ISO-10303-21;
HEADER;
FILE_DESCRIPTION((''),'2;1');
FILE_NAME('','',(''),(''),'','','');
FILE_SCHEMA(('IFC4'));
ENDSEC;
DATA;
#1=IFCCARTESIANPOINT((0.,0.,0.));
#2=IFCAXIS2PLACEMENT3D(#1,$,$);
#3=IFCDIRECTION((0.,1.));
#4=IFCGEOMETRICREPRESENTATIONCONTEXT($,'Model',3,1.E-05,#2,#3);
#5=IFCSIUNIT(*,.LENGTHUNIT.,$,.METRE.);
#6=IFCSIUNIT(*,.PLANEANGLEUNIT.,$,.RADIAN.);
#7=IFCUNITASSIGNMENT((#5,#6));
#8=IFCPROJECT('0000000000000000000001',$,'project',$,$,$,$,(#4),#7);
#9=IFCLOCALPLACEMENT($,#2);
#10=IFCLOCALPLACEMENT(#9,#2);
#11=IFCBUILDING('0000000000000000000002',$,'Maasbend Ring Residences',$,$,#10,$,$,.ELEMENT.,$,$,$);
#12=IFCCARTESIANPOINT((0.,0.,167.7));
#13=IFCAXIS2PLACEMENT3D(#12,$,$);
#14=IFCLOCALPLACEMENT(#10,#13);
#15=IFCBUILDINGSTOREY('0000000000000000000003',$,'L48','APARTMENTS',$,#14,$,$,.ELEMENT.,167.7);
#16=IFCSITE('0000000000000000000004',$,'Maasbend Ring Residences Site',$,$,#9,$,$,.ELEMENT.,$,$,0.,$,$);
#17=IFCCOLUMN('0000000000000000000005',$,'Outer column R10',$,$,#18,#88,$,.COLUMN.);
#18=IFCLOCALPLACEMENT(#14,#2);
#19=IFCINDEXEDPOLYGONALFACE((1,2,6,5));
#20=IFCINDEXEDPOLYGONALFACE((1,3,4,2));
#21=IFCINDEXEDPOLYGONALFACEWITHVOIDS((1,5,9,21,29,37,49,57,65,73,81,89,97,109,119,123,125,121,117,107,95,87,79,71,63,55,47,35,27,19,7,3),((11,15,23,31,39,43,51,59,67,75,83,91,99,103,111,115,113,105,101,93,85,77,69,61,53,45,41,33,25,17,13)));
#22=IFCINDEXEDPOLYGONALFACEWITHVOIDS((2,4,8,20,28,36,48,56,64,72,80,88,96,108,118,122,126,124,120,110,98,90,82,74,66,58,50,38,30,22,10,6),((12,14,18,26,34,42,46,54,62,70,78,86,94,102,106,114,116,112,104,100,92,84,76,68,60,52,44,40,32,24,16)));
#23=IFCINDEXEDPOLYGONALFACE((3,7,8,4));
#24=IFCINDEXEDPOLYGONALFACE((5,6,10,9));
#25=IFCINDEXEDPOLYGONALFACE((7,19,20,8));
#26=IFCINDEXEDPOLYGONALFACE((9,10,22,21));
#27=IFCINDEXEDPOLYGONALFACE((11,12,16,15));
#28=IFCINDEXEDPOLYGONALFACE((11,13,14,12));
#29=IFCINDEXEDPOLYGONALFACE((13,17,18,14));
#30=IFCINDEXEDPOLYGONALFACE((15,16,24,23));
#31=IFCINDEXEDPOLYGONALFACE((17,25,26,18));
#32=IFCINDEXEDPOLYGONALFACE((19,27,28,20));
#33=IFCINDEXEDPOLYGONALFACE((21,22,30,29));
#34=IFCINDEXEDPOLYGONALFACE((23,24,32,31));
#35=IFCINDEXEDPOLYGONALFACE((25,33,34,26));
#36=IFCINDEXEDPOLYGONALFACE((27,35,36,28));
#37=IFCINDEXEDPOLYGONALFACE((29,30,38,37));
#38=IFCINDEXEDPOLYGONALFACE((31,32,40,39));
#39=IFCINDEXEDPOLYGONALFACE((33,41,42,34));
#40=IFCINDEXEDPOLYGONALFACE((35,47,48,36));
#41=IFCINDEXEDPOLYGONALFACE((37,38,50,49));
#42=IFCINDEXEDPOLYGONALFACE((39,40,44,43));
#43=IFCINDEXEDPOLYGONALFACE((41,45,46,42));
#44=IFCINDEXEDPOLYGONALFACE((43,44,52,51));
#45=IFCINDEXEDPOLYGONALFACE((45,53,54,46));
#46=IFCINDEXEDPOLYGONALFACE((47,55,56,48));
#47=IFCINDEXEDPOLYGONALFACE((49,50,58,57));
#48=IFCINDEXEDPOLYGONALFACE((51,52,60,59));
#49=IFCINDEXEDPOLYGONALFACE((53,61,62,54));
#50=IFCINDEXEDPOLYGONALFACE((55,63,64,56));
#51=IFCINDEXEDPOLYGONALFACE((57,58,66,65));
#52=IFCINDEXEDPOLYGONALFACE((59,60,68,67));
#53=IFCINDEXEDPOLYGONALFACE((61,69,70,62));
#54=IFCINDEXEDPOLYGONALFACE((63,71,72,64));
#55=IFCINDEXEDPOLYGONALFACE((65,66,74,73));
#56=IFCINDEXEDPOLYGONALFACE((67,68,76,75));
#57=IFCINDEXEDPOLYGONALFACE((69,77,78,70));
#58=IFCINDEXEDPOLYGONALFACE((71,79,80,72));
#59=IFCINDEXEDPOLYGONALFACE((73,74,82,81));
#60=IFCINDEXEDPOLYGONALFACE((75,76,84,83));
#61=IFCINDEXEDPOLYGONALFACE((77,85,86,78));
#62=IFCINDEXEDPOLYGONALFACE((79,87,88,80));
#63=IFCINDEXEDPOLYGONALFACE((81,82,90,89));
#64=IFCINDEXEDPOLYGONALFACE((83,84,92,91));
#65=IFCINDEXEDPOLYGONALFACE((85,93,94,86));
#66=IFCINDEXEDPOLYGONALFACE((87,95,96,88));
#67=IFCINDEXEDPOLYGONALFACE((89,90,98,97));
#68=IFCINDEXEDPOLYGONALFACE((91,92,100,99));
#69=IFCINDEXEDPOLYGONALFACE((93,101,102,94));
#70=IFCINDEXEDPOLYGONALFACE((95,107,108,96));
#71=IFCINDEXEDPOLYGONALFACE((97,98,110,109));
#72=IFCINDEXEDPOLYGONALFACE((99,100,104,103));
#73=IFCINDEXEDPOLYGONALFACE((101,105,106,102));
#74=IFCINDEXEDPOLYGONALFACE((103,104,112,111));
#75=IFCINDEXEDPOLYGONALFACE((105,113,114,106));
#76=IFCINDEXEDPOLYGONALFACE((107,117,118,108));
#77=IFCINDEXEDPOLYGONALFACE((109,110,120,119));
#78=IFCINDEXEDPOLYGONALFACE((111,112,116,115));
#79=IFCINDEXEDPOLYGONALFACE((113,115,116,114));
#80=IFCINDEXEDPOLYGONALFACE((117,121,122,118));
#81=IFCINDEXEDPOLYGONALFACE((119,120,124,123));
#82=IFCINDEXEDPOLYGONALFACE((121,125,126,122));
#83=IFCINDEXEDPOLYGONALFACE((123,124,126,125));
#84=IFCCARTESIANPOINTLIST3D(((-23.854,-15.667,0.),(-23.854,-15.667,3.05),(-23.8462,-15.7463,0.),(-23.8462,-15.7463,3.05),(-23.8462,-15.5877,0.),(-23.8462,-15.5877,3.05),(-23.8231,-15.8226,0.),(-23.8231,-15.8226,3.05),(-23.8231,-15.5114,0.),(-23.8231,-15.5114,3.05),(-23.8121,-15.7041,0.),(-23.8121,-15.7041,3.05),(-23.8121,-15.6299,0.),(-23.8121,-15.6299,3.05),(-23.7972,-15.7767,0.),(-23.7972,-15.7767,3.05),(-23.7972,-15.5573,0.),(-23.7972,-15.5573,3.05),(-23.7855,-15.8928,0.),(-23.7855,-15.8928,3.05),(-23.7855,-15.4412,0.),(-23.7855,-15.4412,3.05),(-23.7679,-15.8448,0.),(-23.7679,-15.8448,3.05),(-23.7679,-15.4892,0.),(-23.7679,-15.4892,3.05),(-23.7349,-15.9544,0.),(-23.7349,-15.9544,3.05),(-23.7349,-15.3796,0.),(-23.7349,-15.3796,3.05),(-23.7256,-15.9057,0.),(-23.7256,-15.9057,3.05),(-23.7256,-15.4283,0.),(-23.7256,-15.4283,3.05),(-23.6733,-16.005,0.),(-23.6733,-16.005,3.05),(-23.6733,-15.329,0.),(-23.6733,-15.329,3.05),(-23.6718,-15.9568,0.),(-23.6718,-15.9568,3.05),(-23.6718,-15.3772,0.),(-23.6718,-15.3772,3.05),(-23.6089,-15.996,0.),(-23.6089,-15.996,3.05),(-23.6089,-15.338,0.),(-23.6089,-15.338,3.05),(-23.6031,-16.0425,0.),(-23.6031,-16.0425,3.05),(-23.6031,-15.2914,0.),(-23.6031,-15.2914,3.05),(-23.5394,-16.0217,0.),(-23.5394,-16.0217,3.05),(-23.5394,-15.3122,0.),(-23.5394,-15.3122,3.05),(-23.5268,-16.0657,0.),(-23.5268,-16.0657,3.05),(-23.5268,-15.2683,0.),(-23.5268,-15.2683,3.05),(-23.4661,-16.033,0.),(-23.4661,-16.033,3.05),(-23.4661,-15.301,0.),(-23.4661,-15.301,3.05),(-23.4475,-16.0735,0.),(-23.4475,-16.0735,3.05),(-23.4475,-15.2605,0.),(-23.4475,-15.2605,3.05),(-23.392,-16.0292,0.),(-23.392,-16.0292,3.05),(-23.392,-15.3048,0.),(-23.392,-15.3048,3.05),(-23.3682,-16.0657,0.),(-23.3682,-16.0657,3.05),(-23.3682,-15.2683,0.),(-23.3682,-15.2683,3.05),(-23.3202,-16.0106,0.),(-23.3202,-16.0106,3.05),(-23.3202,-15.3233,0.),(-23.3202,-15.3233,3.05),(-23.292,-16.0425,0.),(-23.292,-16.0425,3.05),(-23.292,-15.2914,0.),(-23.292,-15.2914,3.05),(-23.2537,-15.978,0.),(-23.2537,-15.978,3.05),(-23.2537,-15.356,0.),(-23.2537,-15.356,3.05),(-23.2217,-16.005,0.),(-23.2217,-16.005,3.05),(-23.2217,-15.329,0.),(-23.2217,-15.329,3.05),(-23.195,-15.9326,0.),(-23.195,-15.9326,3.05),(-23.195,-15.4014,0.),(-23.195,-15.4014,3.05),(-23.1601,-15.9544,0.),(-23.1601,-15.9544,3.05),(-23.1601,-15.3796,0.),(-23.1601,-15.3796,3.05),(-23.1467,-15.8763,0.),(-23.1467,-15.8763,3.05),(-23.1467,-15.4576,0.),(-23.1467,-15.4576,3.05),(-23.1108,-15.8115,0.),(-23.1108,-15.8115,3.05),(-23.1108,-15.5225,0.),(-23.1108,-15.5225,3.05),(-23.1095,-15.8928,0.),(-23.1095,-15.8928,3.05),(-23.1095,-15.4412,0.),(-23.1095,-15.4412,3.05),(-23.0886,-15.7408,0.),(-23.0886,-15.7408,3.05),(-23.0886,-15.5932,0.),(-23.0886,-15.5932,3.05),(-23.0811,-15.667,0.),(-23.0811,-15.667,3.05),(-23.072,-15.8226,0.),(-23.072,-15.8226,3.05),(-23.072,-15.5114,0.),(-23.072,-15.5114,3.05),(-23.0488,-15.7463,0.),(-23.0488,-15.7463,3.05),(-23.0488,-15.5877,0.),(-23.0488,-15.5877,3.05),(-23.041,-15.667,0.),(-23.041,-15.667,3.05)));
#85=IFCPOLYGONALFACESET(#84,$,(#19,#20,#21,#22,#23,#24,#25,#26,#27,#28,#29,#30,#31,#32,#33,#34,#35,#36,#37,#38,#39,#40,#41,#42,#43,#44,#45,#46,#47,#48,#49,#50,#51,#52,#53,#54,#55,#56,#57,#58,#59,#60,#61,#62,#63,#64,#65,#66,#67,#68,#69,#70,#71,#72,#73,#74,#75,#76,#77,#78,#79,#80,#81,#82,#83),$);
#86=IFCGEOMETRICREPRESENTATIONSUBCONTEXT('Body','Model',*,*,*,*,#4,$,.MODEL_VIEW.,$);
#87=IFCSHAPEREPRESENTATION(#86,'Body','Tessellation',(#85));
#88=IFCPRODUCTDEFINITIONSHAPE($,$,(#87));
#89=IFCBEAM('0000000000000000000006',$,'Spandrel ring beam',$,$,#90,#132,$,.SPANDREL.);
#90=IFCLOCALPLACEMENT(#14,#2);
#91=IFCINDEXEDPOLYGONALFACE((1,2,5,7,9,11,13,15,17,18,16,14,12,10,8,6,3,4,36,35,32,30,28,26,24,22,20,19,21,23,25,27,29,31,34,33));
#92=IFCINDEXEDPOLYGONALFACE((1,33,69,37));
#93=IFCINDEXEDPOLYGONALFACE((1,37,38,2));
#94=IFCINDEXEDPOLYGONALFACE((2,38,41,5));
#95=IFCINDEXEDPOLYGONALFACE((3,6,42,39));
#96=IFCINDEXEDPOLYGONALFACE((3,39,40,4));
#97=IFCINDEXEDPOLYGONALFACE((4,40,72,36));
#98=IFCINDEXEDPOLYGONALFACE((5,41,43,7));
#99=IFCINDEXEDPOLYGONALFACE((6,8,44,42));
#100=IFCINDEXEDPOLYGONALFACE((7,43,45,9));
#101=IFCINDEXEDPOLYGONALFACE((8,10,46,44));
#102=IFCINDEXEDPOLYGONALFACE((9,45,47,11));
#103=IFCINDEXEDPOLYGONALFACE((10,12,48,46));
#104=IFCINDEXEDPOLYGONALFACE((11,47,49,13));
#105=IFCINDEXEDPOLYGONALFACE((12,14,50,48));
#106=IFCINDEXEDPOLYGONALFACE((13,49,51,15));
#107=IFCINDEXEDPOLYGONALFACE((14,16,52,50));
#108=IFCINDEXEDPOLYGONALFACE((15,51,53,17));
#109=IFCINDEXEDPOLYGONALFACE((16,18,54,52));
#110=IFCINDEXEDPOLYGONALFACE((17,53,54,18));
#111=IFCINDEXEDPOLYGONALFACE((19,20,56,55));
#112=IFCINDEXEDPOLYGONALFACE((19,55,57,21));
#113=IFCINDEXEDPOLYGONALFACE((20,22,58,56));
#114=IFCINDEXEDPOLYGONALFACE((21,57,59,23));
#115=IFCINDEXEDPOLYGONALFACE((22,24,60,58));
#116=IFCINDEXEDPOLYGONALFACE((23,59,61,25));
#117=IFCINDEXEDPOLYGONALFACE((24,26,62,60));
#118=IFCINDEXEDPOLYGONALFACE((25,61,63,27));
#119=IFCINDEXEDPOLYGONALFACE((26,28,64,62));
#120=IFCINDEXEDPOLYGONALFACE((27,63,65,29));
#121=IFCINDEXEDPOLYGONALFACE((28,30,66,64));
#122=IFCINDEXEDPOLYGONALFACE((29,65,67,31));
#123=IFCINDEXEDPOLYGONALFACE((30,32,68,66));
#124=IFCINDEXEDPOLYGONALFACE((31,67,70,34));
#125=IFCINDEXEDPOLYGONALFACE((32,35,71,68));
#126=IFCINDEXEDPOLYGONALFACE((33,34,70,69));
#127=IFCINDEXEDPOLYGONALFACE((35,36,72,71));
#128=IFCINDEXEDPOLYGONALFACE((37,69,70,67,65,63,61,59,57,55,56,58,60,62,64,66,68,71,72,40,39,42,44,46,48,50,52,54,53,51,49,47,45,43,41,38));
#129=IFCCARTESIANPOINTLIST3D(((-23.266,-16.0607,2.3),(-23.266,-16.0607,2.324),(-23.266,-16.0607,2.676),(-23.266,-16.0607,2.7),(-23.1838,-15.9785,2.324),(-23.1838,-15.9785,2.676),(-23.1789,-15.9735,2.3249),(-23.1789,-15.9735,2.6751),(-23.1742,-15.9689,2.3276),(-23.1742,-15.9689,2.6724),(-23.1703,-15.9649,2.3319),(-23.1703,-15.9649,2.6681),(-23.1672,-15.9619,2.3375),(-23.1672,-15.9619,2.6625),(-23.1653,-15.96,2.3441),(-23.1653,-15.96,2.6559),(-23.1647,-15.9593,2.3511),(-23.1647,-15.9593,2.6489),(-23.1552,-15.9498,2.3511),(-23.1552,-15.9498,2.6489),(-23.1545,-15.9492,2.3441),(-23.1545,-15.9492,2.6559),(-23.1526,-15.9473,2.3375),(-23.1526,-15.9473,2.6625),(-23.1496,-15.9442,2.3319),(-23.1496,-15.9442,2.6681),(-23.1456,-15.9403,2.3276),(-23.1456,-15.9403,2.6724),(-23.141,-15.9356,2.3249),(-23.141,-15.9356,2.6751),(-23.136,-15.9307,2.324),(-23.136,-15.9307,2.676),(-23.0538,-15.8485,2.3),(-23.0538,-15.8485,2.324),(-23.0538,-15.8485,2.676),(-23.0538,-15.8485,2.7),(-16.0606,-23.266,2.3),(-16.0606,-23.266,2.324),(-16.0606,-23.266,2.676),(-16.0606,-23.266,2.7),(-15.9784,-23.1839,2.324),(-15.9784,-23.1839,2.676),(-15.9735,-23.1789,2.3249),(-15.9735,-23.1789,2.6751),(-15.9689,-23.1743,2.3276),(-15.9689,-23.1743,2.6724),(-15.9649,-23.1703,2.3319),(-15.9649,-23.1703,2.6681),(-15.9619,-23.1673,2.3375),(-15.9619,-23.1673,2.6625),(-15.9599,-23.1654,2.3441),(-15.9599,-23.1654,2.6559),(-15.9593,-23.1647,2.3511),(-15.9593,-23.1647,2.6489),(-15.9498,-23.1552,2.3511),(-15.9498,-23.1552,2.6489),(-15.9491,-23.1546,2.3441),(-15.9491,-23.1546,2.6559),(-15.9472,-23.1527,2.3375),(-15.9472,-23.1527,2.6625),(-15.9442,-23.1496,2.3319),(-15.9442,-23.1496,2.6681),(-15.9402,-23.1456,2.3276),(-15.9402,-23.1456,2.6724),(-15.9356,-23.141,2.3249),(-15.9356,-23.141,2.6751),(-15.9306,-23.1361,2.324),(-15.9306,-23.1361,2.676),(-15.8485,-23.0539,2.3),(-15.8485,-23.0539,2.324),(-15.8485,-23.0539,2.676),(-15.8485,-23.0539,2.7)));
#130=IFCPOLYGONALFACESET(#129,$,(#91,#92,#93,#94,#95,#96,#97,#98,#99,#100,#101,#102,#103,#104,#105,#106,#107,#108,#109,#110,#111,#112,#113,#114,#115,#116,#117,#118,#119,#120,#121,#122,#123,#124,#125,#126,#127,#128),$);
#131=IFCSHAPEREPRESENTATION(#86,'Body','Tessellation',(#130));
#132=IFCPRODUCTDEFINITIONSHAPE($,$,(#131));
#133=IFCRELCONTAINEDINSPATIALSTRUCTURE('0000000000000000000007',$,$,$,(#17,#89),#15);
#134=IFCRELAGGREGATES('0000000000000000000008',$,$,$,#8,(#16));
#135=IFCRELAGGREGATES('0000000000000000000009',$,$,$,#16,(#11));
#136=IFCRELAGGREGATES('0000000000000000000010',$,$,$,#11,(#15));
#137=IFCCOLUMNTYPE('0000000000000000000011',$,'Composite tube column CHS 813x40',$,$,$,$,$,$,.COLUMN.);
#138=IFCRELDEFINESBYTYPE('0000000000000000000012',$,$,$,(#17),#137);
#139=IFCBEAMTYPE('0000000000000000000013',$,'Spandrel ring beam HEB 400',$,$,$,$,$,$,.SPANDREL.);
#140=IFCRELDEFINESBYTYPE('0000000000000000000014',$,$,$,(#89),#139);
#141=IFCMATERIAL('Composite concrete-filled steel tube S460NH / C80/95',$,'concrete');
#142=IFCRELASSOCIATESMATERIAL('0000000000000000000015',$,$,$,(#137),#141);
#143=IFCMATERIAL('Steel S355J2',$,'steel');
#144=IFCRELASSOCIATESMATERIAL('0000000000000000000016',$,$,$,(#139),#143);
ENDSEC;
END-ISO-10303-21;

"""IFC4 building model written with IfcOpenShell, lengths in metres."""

from ifc_helpers import new_model, si_unit, direction, frame, origin, origin_2d, place, context, subcontext, project, spatial, hollow_circle, i_section, extrude, material, material_profile, profile_set, type_object, element, save


model = new_model("IFC4")

# Units and contexts
model_context = context("Model", 3, precision=1e-05, world=origin(), true_north=direction((0.0, 1.0)))
body_context = subcontext(model_context, "Body", "Model", "MODEL_VIEW")
ifc_project = project(units=[si_unit("LENGTHUNIT", "METRE"), si_unit("PLANEANGLEUNIT", "RADIAN")], contexts=[model_context])

# Site, building, storey
site_placement = place(None, origin())
site = spatial("IfcSite", under=ifc_project, at=site_placement, Name="Maasbend Ring Residences Site", CompositionType="ELEMENT", RefElevation=0.0)
building_placement = place(site_placement, origin())
building = spatial("IfcBuilding", under=site, at=building_placement, Name="Maasbend Ring Residences", CompositionType="ELEMENT")
storey_placement = place(building_placement, frame((0.0, 0.0, 167.7)))
storey = spatial("IfcBuildingStorey", under=building, at=storey_placement, Name="L48", Description="APARTMENTS", CompositionType="ELEMENT", Elevation=167.7)

# Column
ifc_material_1 = material(Name="Composite concrete-filled steel tube S460NH / C80/95", Category="concrete")
ifc_material_profile_1 = material_profile(ifc_material_1, hollow_circle(Radius=0.4065, WallThickness=0.04, at=origin_2d()), Name="Composite tube column CHS 813x40")
ifc_profile_set_1 = profile_set([ifc_material_profile_1], Name="Composite concrete-filled steel tube S460NH / C80/95")
column_type = type_object("IfcColumnType", Name="Composite tube column CHS 813x40", PredefinedType="COLUMN", material=ifc_profile_set_1)
column_placement = place(storey_placement, frame((-23.4475, -15.667, 0.0), z_axis=(0.0, 0.0, 1.0), x_axis=(1.0, 0.0, 0.0)))
element("IfcColumn", 1, at=column_placement, inside=storey, type_object=column_type, Name="Outer column R10", PredefinedType="COLUMN", context=body_context, shape_type="SweptSolid", body=[
    extrude(hollow_circle(Radius=0.4065, WallThickness=0.04, at=origin_2d()), origin(), (0.0, 0.0, 1.0), 3.05),
])

# Beam
ifc_material_2 = material(Name="Steel S355J2", Category="steel")
ifc_material_profile_2 = material_profile(ifc_material_2, i_section(OverallWidth=0.3, OverallDepth=0.3999, WebThickness=0.0134, FlangeThickness=0.0239, FilletRadius=0.0271, at=origin_2d()), Name="HEB 400")
ifc_profile_set_2 = profile_set([ifc_material_profile_2], Name="Steel S355J2")
beam_type = type_object("IfcBeamType", Name="Spandrel ring beam HEB 400", PredefinedType="SPANDREL", material=ifc_profile_set_2)
beam_placement = place(storey_placement, frame((-23.1599, -15.9546, 2.5), z_axis=(0.707107, -0.707107, 0.0), x_axis=(0.707107, 0.707107, 0.0)))
element("IfcBeam", 2, at=beam_placement, inside=storey, type_object=beam_type, Name="Spandrel ring beam", PredefinedType="SPANDREL", context=body_context, shape_type="SweptSolid", body=[
    extrude(i_section(OverallWidth=0.3, OverallDepth=0.3999, WebThickness=0.0134, FlangeThickness=0.0239, FilletRadius=0.0271, at=origin_2d()), origin(), (0.0, 0.0, 1.0), 10.1899),
])

save(model, "model.ifc")
